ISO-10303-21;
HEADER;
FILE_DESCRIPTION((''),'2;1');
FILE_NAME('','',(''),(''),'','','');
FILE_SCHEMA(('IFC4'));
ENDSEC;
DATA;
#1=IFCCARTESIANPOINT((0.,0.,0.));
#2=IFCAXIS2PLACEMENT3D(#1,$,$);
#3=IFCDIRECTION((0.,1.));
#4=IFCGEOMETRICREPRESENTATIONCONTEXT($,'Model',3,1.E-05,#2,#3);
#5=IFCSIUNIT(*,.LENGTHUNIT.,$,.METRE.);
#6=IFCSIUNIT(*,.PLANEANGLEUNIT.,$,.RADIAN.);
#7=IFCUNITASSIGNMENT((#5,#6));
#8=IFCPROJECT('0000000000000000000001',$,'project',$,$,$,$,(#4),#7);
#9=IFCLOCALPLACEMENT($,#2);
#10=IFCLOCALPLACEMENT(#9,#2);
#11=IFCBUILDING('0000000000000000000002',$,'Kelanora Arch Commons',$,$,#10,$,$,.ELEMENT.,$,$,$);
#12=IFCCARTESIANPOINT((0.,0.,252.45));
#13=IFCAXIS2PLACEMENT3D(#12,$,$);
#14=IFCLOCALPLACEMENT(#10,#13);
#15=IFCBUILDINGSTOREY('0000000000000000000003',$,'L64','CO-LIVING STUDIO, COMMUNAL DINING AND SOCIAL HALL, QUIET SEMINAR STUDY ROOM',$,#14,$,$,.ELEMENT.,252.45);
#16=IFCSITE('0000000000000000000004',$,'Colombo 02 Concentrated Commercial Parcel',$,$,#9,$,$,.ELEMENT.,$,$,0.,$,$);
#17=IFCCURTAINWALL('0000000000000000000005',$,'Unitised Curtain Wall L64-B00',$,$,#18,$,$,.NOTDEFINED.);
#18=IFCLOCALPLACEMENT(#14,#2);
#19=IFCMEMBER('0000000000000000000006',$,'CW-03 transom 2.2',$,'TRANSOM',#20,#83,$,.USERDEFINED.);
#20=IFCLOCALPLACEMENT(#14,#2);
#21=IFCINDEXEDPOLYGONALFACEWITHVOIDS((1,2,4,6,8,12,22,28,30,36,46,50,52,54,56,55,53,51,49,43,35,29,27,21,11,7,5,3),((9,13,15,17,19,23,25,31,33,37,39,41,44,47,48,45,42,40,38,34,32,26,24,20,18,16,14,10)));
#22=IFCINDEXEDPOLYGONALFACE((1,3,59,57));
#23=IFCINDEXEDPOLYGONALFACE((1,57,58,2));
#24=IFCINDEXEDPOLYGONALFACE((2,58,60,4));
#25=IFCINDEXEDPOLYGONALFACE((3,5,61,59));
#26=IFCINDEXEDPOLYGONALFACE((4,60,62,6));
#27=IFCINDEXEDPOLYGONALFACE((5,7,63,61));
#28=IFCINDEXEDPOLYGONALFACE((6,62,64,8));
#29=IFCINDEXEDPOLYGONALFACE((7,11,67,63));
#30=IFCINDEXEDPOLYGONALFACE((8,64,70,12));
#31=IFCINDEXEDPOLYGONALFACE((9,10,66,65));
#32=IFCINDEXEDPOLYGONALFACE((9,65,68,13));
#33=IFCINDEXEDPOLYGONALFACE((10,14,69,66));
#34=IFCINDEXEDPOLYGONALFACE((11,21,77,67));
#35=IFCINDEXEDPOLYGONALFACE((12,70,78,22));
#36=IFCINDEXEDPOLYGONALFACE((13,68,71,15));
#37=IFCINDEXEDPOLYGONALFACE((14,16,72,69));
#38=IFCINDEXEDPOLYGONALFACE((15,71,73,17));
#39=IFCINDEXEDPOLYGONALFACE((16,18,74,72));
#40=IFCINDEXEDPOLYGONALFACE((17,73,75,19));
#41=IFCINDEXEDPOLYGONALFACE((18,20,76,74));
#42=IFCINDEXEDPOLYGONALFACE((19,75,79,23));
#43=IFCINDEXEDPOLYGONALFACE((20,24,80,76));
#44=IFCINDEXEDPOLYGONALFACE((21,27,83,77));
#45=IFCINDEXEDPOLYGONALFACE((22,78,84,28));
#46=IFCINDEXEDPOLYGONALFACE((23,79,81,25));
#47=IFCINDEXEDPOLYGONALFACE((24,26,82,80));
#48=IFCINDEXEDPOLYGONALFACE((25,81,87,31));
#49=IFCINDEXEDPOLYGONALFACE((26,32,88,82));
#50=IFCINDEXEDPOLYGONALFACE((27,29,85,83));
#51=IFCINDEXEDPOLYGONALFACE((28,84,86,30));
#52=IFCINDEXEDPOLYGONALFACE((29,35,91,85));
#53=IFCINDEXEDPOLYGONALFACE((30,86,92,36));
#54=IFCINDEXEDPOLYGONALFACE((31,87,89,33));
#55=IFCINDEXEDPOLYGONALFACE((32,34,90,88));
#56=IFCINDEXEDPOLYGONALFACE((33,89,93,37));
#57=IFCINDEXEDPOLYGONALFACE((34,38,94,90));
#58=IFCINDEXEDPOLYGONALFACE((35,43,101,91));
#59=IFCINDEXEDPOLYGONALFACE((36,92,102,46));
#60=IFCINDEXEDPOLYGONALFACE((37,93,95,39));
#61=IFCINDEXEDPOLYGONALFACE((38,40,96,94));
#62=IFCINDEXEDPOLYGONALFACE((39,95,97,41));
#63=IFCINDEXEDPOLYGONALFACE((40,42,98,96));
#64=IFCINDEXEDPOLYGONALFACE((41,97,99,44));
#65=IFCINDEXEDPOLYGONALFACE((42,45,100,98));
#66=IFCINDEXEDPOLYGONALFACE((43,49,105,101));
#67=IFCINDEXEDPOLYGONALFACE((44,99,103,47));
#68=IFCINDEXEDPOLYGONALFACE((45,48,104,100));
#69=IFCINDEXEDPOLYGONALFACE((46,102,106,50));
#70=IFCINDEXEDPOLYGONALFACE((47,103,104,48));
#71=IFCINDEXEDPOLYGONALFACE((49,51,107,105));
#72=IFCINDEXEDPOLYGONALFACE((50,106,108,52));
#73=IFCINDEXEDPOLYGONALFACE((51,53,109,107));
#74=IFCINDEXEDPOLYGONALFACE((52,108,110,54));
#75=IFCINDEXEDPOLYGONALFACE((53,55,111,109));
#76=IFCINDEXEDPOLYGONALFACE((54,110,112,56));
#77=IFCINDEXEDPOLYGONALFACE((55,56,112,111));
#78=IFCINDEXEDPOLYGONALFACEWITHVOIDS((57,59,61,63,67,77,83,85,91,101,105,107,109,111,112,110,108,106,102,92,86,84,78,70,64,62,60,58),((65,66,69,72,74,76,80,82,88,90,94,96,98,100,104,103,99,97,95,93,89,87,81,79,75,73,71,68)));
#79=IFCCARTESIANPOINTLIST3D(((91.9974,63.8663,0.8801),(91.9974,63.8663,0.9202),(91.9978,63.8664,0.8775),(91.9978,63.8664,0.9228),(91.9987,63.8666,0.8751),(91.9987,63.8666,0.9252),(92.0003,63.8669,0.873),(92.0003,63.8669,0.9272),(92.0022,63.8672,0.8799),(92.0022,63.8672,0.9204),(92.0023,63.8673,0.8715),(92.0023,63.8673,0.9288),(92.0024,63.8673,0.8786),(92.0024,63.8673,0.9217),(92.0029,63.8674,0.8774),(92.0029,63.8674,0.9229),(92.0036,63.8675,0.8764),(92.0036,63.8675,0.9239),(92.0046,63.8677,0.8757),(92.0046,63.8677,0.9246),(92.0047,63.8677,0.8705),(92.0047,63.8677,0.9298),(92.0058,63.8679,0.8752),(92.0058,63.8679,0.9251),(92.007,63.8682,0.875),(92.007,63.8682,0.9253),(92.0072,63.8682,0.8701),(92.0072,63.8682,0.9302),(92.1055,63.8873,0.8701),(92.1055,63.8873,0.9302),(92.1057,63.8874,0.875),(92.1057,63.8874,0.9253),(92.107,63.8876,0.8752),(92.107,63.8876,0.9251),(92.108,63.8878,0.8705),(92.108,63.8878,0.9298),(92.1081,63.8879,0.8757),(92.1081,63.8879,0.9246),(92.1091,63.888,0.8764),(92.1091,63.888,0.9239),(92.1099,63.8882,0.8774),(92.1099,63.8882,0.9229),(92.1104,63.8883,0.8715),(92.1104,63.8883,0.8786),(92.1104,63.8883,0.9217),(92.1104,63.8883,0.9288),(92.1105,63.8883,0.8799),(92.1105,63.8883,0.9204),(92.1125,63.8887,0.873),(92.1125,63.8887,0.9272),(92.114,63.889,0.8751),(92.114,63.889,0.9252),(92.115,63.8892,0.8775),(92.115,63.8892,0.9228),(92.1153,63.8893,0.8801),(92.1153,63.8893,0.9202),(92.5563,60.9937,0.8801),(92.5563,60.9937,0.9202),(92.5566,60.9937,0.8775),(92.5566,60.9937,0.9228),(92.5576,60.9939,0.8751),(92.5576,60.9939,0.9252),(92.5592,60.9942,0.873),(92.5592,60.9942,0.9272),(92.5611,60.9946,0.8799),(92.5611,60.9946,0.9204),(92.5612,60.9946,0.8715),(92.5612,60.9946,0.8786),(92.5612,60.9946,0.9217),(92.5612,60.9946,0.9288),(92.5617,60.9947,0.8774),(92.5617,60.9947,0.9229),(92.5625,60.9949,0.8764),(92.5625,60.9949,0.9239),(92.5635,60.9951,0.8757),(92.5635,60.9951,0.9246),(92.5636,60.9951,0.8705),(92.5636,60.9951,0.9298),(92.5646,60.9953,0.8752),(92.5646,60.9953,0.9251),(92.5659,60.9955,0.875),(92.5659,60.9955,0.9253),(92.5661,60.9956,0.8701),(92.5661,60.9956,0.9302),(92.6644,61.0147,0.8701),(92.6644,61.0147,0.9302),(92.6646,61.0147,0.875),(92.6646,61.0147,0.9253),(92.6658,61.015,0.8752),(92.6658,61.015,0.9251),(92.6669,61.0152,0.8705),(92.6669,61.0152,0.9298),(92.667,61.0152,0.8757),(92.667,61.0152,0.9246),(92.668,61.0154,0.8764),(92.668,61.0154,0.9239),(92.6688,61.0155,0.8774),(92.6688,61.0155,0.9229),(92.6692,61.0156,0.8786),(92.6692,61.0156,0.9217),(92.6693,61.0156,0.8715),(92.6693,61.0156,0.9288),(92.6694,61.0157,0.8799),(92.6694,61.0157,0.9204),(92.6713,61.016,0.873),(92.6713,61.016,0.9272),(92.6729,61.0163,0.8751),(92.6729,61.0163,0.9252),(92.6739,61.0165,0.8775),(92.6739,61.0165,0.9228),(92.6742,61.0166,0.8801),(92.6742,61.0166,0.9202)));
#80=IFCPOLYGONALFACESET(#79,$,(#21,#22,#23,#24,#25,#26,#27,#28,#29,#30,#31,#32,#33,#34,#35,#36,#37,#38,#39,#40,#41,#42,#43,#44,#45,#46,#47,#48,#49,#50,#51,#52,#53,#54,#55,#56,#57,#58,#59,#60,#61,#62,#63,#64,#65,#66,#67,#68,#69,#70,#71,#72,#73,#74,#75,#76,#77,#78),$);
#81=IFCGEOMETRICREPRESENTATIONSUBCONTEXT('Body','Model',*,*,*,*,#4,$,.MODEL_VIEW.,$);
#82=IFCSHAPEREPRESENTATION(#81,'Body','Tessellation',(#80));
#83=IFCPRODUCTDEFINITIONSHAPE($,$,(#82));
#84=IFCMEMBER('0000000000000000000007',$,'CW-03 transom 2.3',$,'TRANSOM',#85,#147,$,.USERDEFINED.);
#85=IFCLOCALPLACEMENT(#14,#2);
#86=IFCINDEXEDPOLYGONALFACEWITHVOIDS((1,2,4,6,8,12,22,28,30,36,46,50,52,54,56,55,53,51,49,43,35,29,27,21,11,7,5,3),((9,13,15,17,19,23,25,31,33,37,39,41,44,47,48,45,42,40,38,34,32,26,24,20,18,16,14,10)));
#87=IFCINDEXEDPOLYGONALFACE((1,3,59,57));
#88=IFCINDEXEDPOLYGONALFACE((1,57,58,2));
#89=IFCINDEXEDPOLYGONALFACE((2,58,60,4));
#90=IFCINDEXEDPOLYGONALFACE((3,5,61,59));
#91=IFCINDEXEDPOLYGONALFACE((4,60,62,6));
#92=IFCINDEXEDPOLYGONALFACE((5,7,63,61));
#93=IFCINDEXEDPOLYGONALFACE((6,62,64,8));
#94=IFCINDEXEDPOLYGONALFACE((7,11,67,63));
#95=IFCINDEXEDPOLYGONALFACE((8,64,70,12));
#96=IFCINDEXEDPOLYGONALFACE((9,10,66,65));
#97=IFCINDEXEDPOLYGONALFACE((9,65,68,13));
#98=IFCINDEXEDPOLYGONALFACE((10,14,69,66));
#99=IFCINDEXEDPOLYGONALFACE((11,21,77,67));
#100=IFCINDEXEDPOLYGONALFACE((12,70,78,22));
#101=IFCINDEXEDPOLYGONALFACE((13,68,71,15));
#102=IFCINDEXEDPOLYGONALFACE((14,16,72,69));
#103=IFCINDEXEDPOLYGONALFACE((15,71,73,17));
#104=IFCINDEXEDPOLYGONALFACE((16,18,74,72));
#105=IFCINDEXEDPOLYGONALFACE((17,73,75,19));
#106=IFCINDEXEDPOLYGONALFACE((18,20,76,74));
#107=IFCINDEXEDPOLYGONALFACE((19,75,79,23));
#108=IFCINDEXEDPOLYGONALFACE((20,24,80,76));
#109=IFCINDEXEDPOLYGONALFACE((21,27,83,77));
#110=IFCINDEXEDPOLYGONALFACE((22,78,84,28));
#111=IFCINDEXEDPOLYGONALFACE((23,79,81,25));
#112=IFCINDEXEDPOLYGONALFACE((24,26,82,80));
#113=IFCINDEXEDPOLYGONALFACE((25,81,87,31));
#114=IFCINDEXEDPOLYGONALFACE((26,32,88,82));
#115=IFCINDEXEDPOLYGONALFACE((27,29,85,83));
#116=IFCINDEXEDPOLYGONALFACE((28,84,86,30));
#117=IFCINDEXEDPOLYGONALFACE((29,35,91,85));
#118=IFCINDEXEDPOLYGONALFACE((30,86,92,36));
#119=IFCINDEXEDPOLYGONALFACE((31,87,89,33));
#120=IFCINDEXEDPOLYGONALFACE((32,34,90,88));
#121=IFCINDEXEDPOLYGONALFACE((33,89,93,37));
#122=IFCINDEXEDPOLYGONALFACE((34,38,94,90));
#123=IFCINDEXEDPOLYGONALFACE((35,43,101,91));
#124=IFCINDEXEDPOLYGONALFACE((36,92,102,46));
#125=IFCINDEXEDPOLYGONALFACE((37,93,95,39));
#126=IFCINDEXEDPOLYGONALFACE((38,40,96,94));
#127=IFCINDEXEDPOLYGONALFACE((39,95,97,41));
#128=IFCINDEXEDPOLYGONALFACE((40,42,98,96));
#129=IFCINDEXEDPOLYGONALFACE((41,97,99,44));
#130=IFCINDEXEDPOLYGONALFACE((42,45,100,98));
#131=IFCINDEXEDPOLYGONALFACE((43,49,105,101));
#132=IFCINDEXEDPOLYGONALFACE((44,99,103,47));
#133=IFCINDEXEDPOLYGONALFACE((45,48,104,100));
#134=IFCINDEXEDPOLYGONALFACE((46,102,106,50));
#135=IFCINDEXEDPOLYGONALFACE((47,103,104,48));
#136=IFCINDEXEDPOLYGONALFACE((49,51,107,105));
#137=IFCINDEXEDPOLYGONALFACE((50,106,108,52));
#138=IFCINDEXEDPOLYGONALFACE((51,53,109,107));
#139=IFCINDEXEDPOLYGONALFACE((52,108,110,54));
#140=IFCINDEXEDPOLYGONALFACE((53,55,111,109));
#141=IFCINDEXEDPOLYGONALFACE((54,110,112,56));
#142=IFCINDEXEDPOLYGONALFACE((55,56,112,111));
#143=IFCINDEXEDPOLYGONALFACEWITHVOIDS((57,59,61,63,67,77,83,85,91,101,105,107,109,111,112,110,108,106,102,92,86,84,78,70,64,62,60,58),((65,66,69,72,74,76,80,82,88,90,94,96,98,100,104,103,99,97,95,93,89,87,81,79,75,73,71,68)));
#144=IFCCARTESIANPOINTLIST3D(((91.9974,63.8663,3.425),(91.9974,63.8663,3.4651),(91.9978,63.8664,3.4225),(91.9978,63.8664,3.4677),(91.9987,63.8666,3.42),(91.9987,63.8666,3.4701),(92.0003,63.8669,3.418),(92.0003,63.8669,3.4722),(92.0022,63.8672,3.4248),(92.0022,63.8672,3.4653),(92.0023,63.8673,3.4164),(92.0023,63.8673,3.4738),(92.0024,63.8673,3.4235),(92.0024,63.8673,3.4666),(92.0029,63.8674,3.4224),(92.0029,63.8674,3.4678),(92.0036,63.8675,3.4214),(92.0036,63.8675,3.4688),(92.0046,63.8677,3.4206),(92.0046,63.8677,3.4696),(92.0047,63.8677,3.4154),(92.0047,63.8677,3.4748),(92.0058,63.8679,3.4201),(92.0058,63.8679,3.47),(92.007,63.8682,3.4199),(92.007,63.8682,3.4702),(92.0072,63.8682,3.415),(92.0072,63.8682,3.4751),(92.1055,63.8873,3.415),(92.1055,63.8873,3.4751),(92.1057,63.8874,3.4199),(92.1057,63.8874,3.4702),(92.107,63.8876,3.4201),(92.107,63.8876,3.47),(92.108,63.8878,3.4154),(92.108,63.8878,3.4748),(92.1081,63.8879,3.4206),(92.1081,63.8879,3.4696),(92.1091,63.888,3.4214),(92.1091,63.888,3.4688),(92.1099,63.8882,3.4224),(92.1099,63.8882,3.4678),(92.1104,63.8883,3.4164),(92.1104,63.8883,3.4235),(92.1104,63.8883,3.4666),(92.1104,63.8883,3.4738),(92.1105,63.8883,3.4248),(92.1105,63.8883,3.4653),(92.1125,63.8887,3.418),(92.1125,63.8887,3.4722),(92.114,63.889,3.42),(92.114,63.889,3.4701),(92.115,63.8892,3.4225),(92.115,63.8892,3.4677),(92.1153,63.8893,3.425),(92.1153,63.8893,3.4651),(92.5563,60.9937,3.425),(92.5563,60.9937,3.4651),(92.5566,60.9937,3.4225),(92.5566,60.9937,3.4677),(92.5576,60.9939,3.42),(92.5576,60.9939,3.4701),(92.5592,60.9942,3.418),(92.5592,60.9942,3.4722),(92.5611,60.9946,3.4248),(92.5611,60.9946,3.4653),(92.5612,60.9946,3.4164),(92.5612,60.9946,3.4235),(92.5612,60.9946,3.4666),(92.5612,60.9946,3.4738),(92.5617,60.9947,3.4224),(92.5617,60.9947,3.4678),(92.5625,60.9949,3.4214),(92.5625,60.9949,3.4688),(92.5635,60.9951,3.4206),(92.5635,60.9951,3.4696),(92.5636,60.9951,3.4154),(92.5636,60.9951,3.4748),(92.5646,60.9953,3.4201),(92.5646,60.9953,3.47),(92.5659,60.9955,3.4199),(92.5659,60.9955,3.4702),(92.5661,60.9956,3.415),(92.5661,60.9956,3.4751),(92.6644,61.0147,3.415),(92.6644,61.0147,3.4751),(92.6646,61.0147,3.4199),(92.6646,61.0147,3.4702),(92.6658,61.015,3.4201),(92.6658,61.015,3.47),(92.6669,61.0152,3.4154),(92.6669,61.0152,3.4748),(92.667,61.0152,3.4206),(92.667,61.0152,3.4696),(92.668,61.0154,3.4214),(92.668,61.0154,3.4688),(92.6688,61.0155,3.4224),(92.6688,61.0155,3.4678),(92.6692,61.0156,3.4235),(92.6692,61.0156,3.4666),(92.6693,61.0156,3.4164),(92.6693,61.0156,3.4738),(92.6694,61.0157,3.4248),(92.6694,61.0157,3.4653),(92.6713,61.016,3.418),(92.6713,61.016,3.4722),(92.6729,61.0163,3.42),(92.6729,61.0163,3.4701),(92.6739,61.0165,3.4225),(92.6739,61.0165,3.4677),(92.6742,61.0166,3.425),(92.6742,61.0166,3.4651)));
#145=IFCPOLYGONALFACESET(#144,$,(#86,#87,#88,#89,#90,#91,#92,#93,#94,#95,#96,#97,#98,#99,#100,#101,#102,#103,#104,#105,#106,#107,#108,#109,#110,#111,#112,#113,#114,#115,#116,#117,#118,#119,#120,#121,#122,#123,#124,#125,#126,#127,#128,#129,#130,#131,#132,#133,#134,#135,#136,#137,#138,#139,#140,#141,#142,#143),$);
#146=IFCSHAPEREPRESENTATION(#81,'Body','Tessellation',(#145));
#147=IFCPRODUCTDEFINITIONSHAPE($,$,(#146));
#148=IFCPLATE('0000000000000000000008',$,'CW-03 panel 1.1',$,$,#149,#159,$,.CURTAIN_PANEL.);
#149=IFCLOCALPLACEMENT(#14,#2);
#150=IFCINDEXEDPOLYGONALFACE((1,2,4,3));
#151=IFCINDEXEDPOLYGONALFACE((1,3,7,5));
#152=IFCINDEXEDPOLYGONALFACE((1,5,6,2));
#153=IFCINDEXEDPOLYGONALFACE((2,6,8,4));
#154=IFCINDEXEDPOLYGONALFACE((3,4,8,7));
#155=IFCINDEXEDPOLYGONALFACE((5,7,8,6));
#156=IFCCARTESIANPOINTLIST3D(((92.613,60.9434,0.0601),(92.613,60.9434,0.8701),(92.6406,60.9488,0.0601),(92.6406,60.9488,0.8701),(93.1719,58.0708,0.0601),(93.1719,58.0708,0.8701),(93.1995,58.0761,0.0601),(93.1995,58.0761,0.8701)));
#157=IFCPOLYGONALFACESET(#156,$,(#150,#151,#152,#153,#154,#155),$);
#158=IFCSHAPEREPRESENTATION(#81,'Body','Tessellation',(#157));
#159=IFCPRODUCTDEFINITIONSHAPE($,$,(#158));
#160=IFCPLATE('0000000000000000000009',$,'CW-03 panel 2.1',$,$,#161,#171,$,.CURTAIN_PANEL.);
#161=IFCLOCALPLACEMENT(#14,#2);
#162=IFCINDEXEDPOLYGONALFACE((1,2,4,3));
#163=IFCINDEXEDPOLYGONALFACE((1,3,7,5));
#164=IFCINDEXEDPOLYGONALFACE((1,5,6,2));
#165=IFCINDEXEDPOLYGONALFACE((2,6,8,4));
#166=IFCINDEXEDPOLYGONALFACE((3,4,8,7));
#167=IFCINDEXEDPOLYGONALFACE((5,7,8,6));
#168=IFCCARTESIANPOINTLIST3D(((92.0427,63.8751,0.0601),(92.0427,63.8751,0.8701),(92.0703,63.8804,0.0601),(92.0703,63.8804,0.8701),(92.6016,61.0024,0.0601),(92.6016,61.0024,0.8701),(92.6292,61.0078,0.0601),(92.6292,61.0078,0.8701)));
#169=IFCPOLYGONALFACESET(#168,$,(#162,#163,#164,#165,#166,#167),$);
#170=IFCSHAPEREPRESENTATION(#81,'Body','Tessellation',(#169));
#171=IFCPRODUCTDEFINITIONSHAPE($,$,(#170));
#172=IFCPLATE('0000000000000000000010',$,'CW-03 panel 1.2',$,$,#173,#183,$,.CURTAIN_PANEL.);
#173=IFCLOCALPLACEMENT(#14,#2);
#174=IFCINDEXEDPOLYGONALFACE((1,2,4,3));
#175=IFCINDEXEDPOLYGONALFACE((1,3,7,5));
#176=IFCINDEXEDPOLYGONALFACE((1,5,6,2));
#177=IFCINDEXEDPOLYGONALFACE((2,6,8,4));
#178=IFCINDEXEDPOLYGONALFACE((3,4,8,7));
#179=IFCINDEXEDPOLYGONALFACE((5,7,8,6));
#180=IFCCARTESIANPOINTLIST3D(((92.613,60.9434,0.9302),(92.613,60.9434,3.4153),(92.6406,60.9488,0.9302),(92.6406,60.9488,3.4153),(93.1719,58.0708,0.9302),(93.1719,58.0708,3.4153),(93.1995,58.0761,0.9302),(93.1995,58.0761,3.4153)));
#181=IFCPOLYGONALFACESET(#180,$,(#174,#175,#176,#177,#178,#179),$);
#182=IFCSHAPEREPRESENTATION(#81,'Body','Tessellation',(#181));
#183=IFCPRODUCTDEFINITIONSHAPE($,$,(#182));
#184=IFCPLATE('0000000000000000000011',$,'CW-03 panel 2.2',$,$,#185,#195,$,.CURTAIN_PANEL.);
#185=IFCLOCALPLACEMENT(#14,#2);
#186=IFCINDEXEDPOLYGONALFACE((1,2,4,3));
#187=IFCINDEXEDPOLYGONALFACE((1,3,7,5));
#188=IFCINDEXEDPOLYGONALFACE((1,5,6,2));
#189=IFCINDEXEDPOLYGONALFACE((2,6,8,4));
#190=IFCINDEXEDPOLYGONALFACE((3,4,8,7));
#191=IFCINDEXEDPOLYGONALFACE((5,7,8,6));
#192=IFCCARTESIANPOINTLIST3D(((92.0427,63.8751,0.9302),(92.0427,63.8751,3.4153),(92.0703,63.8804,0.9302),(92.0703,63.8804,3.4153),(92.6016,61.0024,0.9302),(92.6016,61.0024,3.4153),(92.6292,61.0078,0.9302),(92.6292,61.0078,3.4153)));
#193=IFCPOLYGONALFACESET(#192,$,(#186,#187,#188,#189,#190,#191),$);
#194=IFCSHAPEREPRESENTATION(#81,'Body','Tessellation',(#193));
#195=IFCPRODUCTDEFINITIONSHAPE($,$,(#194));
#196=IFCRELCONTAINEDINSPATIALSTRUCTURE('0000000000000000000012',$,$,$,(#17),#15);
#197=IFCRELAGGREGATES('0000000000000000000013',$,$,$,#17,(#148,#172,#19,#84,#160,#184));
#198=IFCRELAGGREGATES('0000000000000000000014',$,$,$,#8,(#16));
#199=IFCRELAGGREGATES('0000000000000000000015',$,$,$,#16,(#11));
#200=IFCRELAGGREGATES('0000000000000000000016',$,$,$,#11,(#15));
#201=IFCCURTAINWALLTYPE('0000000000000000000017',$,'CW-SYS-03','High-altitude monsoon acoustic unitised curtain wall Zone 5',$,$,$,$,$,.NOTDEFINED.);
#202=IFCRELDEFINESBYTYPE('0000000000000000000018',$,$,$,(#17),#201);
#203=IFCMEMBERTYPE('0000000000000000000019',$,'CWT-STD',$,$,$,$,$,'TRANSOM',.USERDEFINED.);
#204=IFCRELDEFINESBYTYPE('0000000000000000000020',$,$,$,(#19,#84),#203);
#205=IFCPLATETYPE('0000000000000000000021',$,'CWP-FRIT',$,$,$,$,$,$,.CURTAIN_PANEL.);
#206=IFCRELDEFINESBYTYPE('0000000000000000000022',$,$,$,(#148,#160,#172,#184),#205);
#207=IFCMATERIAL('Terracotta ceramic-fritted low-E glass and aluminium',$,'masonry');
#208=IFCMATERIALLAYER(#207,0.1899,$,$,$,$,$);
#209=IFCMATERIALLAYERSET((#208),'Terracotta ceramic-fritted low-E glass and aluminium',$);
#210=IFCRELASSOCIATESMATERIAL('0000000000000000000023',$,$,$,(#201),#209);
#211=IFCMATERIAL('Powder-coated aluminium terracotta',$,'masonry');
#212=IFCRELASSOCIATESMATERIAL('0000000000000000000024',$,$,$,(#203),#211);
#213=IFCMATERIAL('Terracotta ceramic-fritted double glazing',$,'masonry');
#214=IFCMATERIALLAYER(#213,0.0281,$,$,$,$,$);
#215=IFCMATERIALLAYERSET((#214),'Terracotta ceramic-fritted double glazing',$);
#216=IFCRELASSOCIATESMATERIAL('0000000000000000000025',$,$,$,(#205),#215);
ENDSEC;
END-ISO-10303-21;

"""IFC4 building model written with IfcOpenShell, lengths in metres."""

from ifc_helpers import new_model, si_unit, direction, frame, origin, origin_2d, place, context, subcontext, project, spatial, rectangle, hollow_rectangle, extrude, source, transform, mapped, material, layer, layer_set, material_profile, profile_set, type_object, element, aggregate, save


model = new_model("IFC4")

# Units and contexts
model_context = context("Model", 3, precision=1e-05, world=origin(), true_north=direction((0.0, 1.0)))
body_context = subcontext(model_context, "Body", "Model", "MODEL_VIEW")
ifc_project = project(units=[si_unit("LENGTHUNIT", "METRE"), si_unit("PLANEANGLEUNIT", "RADIAN")], contexts=[model_context])

# Site, building, storey
site_placement = place(None, origin())
site = spatial("IfcSite", under=ifc_project, at=site_placement, Name="Colombo 02 Concentrated Commercial Parcel", CompositionType="ELEMENT", RefElevation=0.0)
building_placement = place(site_placement, origin())
building = spatial("IfcBuilding", under=site, at=building_placement, Name="Kelanora Arch Commons", CompositionType="ELEMENT")
storey_placement = place(building_placement, frame((0.0, 0.0, 252.45)))
storey = spatial("IfcBuildingStorey", under=building, at=storey_placement, Name="L64", Description="CO-LIVING STUDIO, COMMUNAL DINING AND SOCIAL HALL, QUIET SEMINAR STUDY ROOM", CompositionType="ELEMENT", Elevation=252.45)

# Curtain wall, members, plates
ifc_material_1 = material(Name="Terracotta ceramic-fritted low-E glass and aluminium", Category="masonry")
ifc_layer_1 = layer(ifc_material_1, 0.1899)
ifc_layer_set_1 = layer_set([ifc_layer_1], Name="Terracotta ceramic-fritted low-E glass and aluminium")
curtain_wall_type = type_object("IfcCurtainWallType", Name="CW-SYS-03", Description="High-altitude monsoon acoustic unitised curtain wall Zone 5", PredefinedType="NOTDEFINED", material=ifc_layer_set_1)
curtain_wall_placement = place(storey_placement, origin())
curtain_wall = element("IfcCurtainWall", 1, at=curtain_wall_placement, inside=storey, type_object=curtain_wall_type, Name="Unitised Curtain Wall L64-B00", PredefinedType="NOTDEFINED")
ifc_material_2 = material(Name="Powder-coated aluminium terracotta", Category="masonry")
ifc_material_profile_1 = material_profile(ifc_material_2, hollow_rectangle(XDim=0.1201, YDim=0.0601, WallThickness=0.0049, InnerFilletRadius=0.0049, OuterFilletRadius=0.01, at=origin_2d()), Name="CWT120x60")
ifc_profile_set_1 = profile_set([ifc_material_profile_1], Name="Powder-coated aluminium terracotta")
member_type_1 = type_object("IfcMemberType", Name="CWT-STD", ElementType="TRANSOM", PredefinedType="USERDEFINED", material=ifc_profile_set_1)
member_1_placement = place(storey_placement, frame((92.6152, 61.0051, 0.9001), z_axis=(-0.190963, 0.981597, 0.0), x_axis=(-0.981597, -0.190963, 0.0)))
member_1 = element("IfcMember", 2, at=member_1_placement, type_object=member_type_1, Name="CW-03 transom 2.2", ObjectType="TRANSOM", PredefinedType="USERDEFINED", context=body_context, shape_type="SweptSolid", body=[
    extrude(hollow_rectangle(XDim=0.1201, YDim=0.0601, WallThickness=0.0049, InnerFilletRadius=0.0049, OuterFilletRadius=0.01, at=origin_2d()), origin(), (0.0, 0.0, 1.0), 2.9265),
])
member_2_placement = place(storey_placement, frame((92.6152, 61.0051, 3.4451), z_axis=(-0.190963, 0.981597, 0.0), x_axis=(-0.981597, -0.190963, 0.0)))
member_2 = element("IfcMember", 3, at=member_2_placement, type_object=member_type_1, Name="CW-03 transom 2.3", ObjectType="TRANSOM", PredefinedType="USERDEFINED", context=body_context, shape_type="SweptSolid", body=[
    extrude(hollow_rectangle(XDim=0.1201, YDim=0.0601, WallThickness=0.0049, InnerFilletRadius=0.0049, OuterFilletRadius=0.01, at=origin_2d()), origin(), (0.0, 0.0, 1.0), 2.9265),
])
ifc_material_3 = material(Name="Terracotta ceramic-fritted double glazing", Category="masonry")
ifc_layer_2 = layer(ifc_material_3, 0.0281)
ifc_layer_set_2 = layer_set([ifc_layer_2], Name="Terracotta ceramic-fritted double glazing")
plate_type = type_object("IfcPlateType", Name="CWP-FRIT", PredefinedType="CURTAIN_PANEL", material=ifc_layer_set_2)
shared_shape_1 = source(origin(), body_context, "Body", "SweptSolid", [
    extrude(rectangle(XDim=2.9265, YDim=0.0281, at=origin_2d()), origin(), (0.0, 0.0, 1.0), 0.8101),
])
plate_1_placement = place(storey_placement, frame((92.9062, 59.5098, 0.0601), z_axis=(0.0, 0.0, 1.0), x_axis=(-0.190972, 0.981596, 0.0)))
plate_1 = element("IfcPlate", 4, at=plate_1_placement, type_object=plate_type, Name="CW-03 panel 1.1", PredefinedType="CURTAIN_PANEL", context=body_context, shape_type="MappedRepresentation", body=[
    mapped(shared_shape_1, transform((0.0, 0.0, 0.0), scale=1.0)),
])
plate_2_placement = place(storey_placement, frame((92.3359, 62.4414, 0.0601), z_axis=(0.0, 0.0, 1.0), x_axis=(-0.190972, 0.981596, 0.0)))
plate_2 = element("IfcPlate", 5, at=plate_2_placement, type_object=plate_type, Name="CW-03 panel 2.1", PredefinedType="CURTAIN_PANEL", context=body_context, shape_type="MappedRepresentation", body=[
    mapped(shared_shape_1, transform((0.0, 0.0, 0.0), scale=1.0)),
])
shared_shape_2 = source(origin(), body_context, "Body", "SweptSolid", [
    extrude(rectangle(XDim=2.9265, YDim=0.0281, at=origin_2d()), origin(), (0.0, 0.0, 1.0), 2.4851),
])
plate_3_placement = place(storey_placement, frame((92.9062, 59.5098, 0.9302), z_axis=(0.0, 0.0, 1.0), x_axis=(-0.190972, 0.981596, 0.0)))
plate_3 = element("IfcPlate", 6, at=plate_3_placement, type_object=plate_type, Name="CW-03 panel 1.2", PredefinedType="CURTAIN_PANEL", context=body_context, shape_type="MappedRepresentation", body=[
    mapped(shared_shape_2, transform((0.0, 0.0, 0.0), scale=1.0)),
])
plate_4_placement = place(storey_placement, frame((92.3359, 62.4414, 0.9302), z_axis=(0.0, 0.0, 1.0), x_axis=(-0.190972, 0.981596, 0.0)))
plate_4 = element("IfcPlate", 7, at=plate_4_placement, type_object=plate_type, Name="CW-03 panel 2.2", PredefinedType="CURTAIN_PANEL", context=body_context, shape_type="MappedRepresentation", body=[
    mapped(shared_shape_2, transform((0.0, 0.0, 0.0), scale=1.0)),
])
aggregate(curtain_wall, [plate_1, plate_3, member_1, member_2, plate_2, plate_4])

save(model, "model.ifc")
